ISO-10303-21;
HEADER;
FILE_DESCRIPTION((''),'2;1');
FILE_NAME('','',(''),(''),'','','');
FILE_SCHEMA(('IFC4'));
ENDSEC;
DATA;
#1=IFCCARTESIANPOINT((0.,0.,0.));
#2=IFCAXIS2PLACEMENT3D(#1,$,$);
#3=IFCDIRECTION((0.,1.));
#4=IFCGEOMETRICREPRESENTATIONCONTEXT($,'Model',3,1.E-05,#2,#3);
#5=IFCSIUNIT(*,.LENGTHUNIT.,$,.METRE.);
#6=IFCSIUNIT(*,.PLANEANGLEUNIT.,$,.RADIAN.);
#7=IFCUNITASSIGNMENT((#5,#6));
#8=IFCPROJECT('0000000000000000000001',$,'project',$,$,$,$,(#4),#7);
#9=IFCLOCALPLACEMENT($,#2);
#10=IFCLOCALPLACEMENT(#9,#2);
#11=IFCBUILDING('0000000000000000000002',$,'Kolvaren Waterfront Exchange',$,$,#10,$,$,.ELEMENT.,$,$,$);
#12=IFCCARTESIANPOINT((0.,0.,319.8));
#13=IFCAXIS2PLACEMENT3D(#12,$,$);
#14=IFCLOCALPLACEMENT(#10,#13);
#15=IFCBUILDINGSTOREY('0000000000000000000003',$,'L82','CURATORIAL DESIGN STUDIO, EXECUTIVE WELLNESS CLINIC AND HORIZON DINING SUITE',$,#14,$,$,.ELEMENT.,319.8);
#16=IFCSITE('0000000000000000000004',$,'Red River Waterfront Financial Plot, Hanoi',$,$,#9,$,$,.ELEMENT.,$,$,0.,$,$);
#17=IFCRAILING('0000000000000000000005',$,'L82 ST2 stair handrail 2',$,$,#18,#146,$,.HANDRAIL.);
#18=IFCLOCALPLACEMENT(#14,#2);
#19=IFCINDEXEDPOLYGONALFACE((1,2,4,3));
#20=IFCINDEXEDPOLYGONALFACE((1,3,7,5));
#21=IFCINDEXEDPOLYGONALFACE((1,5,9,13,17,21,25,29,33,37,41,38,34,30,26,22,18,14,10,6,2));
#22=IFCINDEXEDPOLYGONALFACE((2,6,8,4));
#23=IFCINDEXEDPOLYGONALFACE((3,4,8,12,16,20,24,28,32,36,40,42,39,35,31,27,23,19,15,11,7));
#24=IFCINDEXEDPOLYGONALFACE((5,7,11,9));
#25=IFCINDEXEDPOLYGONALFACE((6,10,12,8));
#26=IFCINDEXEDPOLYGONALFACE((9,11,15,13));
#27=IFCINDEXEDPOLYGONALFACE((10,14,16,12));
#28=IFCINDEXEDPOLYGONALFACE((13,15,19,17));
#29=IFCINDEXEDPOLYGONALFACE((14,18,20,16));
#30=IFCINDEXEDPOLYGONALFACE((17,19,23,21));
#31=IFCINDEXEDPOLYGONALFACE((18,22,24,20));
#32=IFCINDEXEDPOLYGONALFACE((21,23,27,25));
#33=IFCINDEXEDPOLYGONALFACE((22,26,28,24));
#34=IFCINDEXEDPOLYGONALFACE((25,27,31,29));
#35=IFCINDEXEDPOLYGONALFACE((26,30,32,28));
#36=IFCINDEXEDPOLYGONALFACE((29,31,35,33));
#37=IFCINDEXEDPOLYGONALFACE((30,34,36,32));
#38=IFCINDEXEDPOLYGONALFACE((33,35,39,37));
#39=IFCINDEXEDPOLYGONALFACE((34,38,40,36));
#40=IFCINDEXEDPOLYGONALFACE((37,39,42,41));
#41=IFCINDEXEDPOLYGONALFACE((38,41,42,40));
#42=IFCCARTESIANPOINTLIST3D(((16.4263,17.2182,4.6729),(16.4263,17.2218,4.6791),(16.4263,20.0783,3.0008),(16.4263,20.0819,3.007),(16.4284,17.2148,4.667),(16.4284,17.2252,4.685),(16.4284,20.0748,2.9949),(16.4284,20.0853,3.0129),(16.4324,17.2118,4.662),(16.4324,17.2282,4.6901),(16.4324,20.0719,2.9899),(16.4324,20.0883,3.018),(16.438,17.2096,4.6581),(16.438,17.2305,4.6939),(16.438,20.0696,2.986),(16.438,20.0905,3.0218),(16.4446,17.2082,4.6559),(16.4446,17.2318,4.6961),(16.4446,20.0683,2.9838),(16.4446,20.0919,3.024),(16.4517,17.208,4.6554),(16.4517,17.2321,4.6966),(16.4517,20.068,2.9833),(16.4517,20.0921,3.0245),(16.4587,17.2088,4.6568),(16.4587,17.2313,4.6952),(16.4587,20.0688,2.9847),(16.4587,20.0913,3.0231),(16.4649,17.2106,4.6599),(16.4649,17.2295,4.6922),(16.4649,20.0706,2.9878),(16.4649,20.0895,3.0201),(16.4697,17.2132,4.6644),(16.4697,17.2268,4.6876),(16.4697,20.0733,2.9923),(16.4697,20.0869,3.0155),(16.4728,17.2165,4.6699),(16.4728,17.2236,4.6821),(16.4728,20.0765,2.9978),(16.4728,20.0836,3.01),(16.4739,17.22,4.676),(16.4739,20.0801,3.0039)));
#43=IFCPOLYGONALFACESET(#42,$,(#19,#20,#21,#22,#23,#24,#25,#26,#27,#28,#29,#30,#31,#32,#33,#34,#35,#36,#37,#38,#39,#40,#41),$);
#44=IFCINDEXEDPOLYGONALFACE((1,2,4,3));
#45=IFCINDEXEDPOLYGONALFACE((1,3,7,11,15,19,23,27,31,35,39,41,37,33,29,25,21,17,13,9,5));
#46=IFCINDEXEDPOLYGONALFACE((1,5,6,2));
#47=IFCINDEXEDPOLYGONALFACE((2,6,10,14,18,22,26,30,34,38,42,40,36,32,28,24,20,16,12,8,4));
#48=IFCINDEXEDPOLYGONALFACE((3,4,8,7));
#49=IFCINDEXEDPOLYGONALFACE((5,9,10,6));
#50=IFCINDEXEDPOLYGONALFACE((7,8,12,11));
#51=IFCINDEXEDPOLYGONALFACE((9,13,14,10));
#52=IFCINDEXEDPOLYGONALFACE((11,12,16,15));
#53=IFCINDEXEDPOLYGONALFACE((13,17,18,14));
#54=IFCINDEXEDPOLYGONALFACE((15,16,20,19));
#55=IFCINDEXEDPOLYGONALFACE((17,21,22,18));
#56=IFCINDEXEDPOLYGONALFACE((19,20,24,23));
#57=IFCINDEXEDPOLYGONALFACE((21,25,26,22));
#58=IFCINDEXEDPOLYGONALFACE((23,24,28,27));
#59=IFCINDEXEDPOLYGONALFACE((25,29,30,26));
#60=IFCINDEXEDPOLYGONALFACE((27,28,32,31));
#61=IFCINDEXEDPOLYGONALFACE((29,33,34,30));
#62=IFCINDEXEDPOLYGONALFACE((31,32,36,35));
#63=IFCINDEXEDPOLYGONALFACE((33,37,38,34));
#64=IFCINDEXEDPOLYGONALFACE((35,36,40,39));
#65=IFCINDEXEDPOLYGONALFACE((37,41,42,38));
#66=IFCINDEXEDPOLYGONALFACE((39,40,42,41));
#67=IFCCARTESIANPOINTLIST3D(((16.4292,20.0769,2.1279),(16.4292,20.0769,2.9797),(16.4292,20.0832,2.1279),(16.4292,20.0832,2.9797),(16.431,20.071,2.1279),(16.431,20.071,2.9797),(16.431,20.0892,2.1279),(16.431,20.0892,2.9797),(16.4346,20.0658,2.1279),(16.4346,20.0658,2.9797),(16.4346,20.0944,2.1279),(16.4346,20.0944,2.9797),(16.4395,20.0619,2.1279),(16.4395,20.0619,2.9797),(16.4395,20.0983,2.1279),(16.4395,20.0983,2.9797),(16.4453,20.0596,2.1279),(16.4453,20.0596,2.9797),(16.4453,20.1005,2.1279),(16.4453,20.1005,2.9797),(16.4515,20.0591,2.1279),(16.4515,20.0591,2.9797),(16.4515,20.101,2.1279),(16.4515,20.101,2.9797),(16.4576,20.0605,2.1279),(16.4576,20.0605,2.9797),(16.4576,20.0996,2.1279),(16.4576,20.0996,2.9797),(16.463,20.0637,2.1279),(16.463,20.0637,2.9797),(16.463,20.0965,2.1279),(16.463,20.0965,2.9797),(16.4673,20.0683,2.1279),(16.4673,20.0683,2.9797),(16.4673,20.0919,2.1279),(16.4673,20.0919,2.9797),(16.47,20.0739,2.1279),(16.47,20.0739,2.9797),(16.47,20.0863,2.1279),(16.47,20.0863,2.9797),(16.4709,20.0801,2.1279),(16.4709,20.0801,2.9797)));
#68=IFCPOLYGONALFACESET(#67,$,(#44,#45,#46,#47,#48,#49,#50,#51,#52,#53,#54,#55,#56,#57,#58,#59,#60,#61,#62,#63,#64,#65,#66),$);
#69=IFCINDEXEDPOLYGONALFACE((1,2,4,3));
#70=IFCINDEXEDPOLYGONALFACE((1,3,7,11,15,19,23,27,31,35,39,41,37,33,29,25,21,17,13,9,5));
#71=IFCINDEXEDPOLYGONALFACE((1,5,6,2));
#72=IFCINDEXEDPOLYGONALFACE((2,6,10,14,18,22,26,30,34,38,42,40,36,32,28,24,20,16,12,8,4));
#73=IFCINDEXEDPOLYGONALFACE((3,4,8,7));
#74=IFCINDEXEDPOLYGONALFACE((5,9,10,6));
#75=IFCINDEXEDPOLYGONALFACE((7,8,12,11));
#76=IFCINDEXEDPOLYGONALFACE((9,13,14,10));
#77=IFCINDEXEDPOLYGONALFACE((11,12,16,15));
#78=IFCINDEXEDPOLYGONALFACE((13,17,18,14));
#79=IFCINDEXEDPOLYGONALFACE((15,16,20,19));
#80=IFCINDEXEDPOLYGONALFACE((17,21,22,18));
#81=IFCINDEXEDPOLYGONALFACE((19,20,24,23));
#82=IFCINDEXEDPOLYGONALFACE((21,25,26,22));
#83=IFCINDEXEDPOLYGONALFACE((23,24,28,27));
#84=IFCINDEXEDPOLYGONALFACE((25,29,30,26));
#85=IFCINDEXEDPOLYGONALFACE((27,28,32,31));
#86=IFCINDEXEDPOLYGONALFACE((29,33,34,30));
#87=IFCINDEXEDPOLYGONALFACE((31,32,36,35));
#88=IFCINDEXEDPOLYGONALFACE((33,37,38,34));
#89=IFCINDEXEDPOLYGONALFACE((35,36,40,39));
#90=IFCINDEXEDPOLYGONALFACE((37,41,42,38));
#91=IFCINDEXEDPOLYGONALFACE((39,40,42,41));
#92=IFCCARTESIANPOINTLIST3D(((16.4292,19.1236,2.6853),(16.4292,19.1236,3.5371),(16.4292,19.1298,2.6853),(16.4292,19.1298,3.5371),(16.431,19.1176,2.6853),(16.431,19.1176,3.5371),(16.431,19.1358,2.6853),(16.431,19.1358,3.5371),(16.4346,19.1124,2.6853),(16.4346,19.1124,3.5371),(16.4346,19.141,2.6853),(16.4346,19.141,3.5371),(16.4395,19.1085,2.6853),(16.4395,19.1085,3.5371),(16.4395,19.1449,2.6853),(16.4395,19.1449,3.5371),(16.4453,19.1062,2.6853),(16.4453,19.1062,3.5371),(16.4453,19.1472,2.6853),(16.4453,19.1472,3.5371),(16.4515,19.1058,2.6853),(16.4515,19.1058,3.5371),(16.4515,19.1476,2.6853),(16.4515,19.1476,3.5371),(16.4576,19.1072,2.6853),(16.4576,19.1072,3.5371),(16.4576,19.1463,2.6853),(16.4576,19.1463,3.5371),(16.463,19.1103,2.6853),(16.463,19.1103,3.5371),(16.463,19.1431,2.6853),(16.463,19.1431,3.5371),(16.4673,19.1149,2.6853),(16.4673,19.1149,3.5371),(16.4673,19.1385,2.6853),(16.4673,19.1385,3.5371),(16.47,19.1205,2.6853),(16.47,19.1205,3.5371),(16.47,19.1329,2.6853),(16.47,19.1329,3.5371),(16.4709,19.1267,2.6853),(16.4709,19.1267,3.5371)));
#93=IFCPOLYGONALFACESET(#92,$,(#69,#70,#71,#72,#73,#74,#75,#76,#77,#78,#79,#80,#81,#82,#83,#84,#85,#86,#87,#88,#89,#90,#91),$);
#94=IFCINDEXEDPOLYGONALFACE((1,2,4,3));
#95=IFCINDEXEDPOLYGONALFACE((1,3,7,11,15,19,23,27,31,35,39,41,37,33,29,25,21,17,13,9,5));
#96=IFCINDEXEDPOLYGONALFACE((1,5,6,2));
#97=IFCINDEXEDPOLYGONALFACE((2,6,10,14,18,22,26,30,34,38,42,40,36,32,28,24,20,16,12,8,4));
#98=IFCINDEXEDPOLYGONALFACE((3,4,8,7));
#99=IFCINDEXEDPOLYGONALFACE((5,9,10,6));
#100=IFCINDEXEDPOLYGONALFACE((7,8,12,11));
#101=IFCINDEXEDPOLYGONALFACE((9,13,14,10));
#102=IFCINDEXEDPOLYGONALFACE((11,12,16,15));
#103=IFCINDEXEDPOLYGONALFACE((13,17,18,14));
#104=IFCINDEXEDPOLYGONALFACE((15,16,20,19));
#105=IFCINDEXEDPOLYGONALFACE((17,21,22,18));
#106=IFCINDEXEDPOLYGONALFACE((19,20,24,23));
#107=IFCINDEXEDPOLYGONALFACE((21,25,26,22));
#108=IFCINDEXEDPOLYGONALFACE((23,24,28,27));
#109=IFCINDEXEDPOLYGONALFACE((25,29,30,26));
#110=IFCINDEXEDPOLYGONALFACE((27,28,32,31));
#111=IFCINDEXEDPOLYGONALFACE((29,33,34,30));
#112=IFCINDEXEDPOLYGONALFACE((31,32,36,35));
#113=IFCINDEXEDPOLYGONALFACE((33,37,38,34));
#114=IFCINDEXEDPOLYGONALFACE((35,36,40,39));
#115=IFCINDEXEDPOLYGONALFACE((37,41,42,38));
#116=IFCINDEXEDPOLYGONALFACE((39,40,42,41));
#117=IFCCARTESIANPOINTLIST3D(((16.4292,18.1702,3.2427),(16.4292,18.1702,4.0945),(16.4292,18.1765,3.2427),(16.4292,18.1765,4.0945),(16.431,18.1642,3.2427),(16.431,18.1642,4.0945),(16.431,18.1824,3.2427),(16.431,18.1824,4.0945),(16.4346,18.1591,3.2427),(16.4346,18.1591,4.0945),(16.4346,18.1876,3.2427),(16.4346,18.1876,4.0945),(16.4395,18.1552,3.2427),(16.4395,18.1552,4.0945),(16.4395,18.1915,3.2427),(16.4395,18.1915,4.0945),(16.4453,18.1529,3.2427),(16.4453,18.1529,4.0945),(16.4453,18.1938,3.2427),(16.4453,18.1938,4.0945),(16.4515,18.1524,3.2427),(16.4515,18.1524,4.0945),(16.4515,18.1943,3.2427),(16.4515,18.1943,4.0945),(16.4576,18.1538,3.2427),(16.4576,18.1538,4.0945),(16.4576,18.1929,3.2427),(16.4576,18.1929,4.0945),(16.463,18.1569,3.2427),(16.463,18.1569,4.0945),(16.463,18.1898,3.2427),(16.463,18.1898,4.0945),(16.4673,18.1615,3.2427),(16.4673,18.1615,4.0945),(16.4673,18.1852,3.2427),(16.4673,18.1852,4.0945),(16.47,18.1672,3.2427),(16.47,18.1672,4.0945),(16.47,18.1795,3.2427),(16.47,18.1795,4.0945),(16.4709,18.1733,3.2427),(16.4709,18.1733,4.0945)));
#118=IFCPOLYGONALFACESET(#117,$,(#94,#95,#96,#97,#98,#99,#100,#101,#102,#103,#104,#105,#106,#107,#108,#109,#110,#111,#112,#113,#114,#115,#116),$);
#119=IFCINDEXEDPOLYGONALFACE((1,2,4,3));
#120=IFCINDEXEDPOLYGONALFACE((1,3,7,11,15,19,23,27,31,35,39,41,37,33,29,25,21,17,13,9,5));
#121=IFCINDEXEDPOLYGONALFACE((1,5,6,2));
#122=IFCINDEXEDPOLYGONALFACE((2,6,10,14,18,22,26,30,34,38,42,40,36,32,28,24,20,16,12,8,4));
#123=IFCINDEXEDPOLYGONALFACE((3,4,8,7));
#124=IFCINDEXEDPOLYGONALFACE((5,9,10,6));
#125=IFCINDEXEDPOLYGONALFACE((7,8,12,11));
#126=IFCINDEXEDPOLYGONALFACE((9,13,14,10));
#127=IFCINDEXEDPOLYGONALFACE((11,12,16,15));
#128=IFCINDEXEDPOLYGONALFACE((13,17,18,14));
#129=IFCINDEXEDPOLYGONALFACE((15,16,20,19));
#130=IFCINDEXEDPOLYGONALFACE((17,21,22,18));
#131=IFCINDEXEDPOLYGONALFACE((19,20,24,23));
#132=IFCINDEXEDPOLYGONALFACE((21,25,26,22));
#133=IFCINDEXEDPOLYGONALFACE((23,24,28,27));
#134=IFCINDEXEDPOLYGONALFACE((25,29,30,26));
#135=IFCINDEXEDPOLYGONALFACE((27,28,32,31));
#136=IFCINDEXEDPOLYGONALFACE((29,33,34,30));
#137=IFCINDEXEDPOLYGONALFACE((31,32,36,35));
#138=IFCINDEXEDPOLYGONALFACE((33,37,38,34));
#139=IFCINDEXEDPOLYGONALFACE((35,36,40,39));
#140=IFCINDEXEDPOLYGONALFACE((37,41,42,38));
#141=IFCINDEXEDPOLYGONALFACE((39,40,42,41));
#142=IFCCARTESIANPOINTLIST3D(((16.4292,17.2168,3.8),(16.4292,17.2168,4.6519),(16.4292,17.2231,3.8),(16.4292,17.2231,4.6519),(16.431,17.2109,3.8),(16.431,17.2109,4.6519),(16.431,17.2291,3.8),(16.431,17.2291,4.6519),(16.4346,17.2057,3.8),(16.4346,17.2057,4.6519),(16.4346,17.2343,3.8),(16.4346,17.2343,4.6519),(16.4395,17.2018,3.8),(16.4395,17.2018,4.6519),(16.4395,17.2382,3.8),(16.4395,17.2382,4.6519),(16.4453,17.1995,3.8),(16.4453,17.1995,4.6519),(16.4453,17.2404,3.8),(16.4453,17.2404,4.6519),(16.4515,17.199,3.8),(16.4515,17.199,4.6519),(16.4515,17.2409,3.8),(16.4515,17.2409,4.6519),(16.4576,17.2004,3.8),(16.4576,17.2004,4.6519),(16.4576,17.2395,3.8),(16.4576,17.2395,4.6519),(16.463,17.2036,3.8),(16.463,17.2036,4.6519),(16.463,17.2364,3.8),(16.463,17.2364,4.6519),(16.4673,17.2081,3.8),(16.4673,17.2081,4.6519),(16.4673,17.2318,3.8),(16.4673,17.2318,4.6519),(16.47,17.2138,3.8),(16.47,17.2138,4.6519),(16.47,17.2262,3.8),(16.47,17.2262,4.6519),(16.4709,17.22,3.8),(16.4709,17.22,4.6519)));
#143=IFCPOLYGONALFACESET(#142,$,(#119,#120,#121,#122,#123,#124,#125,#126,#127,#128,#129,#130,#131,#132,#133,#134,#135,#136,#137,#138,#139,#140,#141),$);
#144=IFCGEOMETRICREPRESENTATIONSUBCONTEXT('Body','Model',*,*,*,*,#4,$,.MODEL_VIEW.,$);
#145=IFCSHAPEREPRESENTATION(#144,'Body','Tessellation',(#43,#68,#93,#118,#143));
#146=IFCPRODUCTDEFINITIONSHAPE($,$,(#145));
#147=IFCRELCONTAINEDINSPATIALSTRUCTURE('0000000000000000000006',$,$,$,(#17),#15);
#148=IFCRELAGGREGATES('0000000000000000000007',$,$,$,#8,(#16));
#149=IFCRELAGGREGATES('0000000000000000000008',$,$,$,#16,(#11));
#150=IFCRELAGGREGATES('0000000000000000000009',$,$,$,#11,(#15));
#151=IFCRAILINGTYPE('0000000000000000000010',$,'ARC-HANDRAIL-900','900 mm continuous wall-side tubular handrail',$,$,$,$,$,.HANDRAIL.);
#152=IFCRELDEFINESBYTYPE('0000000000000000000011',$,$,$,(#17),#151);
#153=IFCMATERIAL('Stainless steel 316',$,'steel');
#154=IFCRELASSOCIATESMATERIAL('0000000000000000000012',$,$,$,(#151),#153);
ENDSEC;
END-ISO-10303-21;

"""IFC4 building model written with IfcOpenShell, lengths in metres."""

from ifc_helpers import new_model, si_unit, direction, frame, origin, origin_2d, place, context, subcontext, project, spatial, circle, extrude, material, type_object, element, save


model = new_model("IFC4")

# Units and contexts
model_context = context("Model", 3, precision=1e-05, world=origin(), true_north=direction((0.0, 1.0)))
body_context = subcontext(model_context, "Body", "Model", "MODEL_VIEW")
ifc_project = project(units=[si_unit("LENGTHUNIT", "METRE"), si_unit("PLANEANGLEUNIT", "RADIAN")], contexts=[model_context])

# Site, building, storey
site_placement = place(None, origin())
site = spatial("IfcSite", under=ifc_project, at=site_placement, Name="Red River Waterfront Financial Plot, Hanoi", CompositionType="ELEMENT", RefElevation=0.0)
building_placement = place(site_placement, origin())
building = spatial("IfcBuilding", under=site, at=building_placement, Name="Kolvaren Waterfront Exchange", CompositionType="ELEMENT")
storey_placement = place(building_placement, frame((0.0, 0.0, 319.8)))
storey = spatial("IfcBuildingStorey", under=building, at=storey_placement, Name="L82", Description="CURATORIAL DESIGN STUDIO, EXECUTIVE WELLNESS CLINIC AND HORIZON DINING SUITE", CompositionType="ELEMENT", Elevation=319.8)

# Railing
ifc_material_1 = material(Name="Stainless steel 316", Category="steel")
railing_type = type_object("IfcRailingType", Name="ARC-HANDRAIL-900", Description="900 mm continuous wall-side tubular handrail", PredefinedType="HANDRAIL", material=ifc_material_1)
railing_placement = place(storey_placement, frame((16.45, 20.0801, 2.1279)))
element("IfcRailing", 1, at=railing_placement, inside=storey, type_object=railing_type, Name="L82 ST2 stair handrail 2", PredefinedType="HANDRAIL", context=body_context, shape_type="SweptSolid", body=[
    extrude(circle(Radius=0.0239, at=origin_2d()), frame((0.0, 0.0, 0.876), z_axis=(0.0, -0.863289, 0.504709), x_axis=(1.0, 0.0, 0.0)), (0.0, 0.0, 1.0), 3.313),
    extrude(circle(Radius=0.021, at=origin_2d()), origin(), (0.0, 0.0, 1.0), 0.8518),
    extrude(circle(Radius=0.021, at=origin_2d()), frame((0.0, -0.9534, 0.5574)), (0.0, 0.0, 1.0), 0.8518),
    extrude(circle(Radius=0.021, at=origin_2d()), frame((0.0, -1.9067, 1.1147)), (0.0, 0.0, 1.0), 0.8518),
    extrude(circle(Radius=0.021, at=origin_2d()), frame((0.0, -2.8601, 1.6721)), (0.0, 0.0, 1.0), 0.8518),
])

save(model, "model.ifc")
